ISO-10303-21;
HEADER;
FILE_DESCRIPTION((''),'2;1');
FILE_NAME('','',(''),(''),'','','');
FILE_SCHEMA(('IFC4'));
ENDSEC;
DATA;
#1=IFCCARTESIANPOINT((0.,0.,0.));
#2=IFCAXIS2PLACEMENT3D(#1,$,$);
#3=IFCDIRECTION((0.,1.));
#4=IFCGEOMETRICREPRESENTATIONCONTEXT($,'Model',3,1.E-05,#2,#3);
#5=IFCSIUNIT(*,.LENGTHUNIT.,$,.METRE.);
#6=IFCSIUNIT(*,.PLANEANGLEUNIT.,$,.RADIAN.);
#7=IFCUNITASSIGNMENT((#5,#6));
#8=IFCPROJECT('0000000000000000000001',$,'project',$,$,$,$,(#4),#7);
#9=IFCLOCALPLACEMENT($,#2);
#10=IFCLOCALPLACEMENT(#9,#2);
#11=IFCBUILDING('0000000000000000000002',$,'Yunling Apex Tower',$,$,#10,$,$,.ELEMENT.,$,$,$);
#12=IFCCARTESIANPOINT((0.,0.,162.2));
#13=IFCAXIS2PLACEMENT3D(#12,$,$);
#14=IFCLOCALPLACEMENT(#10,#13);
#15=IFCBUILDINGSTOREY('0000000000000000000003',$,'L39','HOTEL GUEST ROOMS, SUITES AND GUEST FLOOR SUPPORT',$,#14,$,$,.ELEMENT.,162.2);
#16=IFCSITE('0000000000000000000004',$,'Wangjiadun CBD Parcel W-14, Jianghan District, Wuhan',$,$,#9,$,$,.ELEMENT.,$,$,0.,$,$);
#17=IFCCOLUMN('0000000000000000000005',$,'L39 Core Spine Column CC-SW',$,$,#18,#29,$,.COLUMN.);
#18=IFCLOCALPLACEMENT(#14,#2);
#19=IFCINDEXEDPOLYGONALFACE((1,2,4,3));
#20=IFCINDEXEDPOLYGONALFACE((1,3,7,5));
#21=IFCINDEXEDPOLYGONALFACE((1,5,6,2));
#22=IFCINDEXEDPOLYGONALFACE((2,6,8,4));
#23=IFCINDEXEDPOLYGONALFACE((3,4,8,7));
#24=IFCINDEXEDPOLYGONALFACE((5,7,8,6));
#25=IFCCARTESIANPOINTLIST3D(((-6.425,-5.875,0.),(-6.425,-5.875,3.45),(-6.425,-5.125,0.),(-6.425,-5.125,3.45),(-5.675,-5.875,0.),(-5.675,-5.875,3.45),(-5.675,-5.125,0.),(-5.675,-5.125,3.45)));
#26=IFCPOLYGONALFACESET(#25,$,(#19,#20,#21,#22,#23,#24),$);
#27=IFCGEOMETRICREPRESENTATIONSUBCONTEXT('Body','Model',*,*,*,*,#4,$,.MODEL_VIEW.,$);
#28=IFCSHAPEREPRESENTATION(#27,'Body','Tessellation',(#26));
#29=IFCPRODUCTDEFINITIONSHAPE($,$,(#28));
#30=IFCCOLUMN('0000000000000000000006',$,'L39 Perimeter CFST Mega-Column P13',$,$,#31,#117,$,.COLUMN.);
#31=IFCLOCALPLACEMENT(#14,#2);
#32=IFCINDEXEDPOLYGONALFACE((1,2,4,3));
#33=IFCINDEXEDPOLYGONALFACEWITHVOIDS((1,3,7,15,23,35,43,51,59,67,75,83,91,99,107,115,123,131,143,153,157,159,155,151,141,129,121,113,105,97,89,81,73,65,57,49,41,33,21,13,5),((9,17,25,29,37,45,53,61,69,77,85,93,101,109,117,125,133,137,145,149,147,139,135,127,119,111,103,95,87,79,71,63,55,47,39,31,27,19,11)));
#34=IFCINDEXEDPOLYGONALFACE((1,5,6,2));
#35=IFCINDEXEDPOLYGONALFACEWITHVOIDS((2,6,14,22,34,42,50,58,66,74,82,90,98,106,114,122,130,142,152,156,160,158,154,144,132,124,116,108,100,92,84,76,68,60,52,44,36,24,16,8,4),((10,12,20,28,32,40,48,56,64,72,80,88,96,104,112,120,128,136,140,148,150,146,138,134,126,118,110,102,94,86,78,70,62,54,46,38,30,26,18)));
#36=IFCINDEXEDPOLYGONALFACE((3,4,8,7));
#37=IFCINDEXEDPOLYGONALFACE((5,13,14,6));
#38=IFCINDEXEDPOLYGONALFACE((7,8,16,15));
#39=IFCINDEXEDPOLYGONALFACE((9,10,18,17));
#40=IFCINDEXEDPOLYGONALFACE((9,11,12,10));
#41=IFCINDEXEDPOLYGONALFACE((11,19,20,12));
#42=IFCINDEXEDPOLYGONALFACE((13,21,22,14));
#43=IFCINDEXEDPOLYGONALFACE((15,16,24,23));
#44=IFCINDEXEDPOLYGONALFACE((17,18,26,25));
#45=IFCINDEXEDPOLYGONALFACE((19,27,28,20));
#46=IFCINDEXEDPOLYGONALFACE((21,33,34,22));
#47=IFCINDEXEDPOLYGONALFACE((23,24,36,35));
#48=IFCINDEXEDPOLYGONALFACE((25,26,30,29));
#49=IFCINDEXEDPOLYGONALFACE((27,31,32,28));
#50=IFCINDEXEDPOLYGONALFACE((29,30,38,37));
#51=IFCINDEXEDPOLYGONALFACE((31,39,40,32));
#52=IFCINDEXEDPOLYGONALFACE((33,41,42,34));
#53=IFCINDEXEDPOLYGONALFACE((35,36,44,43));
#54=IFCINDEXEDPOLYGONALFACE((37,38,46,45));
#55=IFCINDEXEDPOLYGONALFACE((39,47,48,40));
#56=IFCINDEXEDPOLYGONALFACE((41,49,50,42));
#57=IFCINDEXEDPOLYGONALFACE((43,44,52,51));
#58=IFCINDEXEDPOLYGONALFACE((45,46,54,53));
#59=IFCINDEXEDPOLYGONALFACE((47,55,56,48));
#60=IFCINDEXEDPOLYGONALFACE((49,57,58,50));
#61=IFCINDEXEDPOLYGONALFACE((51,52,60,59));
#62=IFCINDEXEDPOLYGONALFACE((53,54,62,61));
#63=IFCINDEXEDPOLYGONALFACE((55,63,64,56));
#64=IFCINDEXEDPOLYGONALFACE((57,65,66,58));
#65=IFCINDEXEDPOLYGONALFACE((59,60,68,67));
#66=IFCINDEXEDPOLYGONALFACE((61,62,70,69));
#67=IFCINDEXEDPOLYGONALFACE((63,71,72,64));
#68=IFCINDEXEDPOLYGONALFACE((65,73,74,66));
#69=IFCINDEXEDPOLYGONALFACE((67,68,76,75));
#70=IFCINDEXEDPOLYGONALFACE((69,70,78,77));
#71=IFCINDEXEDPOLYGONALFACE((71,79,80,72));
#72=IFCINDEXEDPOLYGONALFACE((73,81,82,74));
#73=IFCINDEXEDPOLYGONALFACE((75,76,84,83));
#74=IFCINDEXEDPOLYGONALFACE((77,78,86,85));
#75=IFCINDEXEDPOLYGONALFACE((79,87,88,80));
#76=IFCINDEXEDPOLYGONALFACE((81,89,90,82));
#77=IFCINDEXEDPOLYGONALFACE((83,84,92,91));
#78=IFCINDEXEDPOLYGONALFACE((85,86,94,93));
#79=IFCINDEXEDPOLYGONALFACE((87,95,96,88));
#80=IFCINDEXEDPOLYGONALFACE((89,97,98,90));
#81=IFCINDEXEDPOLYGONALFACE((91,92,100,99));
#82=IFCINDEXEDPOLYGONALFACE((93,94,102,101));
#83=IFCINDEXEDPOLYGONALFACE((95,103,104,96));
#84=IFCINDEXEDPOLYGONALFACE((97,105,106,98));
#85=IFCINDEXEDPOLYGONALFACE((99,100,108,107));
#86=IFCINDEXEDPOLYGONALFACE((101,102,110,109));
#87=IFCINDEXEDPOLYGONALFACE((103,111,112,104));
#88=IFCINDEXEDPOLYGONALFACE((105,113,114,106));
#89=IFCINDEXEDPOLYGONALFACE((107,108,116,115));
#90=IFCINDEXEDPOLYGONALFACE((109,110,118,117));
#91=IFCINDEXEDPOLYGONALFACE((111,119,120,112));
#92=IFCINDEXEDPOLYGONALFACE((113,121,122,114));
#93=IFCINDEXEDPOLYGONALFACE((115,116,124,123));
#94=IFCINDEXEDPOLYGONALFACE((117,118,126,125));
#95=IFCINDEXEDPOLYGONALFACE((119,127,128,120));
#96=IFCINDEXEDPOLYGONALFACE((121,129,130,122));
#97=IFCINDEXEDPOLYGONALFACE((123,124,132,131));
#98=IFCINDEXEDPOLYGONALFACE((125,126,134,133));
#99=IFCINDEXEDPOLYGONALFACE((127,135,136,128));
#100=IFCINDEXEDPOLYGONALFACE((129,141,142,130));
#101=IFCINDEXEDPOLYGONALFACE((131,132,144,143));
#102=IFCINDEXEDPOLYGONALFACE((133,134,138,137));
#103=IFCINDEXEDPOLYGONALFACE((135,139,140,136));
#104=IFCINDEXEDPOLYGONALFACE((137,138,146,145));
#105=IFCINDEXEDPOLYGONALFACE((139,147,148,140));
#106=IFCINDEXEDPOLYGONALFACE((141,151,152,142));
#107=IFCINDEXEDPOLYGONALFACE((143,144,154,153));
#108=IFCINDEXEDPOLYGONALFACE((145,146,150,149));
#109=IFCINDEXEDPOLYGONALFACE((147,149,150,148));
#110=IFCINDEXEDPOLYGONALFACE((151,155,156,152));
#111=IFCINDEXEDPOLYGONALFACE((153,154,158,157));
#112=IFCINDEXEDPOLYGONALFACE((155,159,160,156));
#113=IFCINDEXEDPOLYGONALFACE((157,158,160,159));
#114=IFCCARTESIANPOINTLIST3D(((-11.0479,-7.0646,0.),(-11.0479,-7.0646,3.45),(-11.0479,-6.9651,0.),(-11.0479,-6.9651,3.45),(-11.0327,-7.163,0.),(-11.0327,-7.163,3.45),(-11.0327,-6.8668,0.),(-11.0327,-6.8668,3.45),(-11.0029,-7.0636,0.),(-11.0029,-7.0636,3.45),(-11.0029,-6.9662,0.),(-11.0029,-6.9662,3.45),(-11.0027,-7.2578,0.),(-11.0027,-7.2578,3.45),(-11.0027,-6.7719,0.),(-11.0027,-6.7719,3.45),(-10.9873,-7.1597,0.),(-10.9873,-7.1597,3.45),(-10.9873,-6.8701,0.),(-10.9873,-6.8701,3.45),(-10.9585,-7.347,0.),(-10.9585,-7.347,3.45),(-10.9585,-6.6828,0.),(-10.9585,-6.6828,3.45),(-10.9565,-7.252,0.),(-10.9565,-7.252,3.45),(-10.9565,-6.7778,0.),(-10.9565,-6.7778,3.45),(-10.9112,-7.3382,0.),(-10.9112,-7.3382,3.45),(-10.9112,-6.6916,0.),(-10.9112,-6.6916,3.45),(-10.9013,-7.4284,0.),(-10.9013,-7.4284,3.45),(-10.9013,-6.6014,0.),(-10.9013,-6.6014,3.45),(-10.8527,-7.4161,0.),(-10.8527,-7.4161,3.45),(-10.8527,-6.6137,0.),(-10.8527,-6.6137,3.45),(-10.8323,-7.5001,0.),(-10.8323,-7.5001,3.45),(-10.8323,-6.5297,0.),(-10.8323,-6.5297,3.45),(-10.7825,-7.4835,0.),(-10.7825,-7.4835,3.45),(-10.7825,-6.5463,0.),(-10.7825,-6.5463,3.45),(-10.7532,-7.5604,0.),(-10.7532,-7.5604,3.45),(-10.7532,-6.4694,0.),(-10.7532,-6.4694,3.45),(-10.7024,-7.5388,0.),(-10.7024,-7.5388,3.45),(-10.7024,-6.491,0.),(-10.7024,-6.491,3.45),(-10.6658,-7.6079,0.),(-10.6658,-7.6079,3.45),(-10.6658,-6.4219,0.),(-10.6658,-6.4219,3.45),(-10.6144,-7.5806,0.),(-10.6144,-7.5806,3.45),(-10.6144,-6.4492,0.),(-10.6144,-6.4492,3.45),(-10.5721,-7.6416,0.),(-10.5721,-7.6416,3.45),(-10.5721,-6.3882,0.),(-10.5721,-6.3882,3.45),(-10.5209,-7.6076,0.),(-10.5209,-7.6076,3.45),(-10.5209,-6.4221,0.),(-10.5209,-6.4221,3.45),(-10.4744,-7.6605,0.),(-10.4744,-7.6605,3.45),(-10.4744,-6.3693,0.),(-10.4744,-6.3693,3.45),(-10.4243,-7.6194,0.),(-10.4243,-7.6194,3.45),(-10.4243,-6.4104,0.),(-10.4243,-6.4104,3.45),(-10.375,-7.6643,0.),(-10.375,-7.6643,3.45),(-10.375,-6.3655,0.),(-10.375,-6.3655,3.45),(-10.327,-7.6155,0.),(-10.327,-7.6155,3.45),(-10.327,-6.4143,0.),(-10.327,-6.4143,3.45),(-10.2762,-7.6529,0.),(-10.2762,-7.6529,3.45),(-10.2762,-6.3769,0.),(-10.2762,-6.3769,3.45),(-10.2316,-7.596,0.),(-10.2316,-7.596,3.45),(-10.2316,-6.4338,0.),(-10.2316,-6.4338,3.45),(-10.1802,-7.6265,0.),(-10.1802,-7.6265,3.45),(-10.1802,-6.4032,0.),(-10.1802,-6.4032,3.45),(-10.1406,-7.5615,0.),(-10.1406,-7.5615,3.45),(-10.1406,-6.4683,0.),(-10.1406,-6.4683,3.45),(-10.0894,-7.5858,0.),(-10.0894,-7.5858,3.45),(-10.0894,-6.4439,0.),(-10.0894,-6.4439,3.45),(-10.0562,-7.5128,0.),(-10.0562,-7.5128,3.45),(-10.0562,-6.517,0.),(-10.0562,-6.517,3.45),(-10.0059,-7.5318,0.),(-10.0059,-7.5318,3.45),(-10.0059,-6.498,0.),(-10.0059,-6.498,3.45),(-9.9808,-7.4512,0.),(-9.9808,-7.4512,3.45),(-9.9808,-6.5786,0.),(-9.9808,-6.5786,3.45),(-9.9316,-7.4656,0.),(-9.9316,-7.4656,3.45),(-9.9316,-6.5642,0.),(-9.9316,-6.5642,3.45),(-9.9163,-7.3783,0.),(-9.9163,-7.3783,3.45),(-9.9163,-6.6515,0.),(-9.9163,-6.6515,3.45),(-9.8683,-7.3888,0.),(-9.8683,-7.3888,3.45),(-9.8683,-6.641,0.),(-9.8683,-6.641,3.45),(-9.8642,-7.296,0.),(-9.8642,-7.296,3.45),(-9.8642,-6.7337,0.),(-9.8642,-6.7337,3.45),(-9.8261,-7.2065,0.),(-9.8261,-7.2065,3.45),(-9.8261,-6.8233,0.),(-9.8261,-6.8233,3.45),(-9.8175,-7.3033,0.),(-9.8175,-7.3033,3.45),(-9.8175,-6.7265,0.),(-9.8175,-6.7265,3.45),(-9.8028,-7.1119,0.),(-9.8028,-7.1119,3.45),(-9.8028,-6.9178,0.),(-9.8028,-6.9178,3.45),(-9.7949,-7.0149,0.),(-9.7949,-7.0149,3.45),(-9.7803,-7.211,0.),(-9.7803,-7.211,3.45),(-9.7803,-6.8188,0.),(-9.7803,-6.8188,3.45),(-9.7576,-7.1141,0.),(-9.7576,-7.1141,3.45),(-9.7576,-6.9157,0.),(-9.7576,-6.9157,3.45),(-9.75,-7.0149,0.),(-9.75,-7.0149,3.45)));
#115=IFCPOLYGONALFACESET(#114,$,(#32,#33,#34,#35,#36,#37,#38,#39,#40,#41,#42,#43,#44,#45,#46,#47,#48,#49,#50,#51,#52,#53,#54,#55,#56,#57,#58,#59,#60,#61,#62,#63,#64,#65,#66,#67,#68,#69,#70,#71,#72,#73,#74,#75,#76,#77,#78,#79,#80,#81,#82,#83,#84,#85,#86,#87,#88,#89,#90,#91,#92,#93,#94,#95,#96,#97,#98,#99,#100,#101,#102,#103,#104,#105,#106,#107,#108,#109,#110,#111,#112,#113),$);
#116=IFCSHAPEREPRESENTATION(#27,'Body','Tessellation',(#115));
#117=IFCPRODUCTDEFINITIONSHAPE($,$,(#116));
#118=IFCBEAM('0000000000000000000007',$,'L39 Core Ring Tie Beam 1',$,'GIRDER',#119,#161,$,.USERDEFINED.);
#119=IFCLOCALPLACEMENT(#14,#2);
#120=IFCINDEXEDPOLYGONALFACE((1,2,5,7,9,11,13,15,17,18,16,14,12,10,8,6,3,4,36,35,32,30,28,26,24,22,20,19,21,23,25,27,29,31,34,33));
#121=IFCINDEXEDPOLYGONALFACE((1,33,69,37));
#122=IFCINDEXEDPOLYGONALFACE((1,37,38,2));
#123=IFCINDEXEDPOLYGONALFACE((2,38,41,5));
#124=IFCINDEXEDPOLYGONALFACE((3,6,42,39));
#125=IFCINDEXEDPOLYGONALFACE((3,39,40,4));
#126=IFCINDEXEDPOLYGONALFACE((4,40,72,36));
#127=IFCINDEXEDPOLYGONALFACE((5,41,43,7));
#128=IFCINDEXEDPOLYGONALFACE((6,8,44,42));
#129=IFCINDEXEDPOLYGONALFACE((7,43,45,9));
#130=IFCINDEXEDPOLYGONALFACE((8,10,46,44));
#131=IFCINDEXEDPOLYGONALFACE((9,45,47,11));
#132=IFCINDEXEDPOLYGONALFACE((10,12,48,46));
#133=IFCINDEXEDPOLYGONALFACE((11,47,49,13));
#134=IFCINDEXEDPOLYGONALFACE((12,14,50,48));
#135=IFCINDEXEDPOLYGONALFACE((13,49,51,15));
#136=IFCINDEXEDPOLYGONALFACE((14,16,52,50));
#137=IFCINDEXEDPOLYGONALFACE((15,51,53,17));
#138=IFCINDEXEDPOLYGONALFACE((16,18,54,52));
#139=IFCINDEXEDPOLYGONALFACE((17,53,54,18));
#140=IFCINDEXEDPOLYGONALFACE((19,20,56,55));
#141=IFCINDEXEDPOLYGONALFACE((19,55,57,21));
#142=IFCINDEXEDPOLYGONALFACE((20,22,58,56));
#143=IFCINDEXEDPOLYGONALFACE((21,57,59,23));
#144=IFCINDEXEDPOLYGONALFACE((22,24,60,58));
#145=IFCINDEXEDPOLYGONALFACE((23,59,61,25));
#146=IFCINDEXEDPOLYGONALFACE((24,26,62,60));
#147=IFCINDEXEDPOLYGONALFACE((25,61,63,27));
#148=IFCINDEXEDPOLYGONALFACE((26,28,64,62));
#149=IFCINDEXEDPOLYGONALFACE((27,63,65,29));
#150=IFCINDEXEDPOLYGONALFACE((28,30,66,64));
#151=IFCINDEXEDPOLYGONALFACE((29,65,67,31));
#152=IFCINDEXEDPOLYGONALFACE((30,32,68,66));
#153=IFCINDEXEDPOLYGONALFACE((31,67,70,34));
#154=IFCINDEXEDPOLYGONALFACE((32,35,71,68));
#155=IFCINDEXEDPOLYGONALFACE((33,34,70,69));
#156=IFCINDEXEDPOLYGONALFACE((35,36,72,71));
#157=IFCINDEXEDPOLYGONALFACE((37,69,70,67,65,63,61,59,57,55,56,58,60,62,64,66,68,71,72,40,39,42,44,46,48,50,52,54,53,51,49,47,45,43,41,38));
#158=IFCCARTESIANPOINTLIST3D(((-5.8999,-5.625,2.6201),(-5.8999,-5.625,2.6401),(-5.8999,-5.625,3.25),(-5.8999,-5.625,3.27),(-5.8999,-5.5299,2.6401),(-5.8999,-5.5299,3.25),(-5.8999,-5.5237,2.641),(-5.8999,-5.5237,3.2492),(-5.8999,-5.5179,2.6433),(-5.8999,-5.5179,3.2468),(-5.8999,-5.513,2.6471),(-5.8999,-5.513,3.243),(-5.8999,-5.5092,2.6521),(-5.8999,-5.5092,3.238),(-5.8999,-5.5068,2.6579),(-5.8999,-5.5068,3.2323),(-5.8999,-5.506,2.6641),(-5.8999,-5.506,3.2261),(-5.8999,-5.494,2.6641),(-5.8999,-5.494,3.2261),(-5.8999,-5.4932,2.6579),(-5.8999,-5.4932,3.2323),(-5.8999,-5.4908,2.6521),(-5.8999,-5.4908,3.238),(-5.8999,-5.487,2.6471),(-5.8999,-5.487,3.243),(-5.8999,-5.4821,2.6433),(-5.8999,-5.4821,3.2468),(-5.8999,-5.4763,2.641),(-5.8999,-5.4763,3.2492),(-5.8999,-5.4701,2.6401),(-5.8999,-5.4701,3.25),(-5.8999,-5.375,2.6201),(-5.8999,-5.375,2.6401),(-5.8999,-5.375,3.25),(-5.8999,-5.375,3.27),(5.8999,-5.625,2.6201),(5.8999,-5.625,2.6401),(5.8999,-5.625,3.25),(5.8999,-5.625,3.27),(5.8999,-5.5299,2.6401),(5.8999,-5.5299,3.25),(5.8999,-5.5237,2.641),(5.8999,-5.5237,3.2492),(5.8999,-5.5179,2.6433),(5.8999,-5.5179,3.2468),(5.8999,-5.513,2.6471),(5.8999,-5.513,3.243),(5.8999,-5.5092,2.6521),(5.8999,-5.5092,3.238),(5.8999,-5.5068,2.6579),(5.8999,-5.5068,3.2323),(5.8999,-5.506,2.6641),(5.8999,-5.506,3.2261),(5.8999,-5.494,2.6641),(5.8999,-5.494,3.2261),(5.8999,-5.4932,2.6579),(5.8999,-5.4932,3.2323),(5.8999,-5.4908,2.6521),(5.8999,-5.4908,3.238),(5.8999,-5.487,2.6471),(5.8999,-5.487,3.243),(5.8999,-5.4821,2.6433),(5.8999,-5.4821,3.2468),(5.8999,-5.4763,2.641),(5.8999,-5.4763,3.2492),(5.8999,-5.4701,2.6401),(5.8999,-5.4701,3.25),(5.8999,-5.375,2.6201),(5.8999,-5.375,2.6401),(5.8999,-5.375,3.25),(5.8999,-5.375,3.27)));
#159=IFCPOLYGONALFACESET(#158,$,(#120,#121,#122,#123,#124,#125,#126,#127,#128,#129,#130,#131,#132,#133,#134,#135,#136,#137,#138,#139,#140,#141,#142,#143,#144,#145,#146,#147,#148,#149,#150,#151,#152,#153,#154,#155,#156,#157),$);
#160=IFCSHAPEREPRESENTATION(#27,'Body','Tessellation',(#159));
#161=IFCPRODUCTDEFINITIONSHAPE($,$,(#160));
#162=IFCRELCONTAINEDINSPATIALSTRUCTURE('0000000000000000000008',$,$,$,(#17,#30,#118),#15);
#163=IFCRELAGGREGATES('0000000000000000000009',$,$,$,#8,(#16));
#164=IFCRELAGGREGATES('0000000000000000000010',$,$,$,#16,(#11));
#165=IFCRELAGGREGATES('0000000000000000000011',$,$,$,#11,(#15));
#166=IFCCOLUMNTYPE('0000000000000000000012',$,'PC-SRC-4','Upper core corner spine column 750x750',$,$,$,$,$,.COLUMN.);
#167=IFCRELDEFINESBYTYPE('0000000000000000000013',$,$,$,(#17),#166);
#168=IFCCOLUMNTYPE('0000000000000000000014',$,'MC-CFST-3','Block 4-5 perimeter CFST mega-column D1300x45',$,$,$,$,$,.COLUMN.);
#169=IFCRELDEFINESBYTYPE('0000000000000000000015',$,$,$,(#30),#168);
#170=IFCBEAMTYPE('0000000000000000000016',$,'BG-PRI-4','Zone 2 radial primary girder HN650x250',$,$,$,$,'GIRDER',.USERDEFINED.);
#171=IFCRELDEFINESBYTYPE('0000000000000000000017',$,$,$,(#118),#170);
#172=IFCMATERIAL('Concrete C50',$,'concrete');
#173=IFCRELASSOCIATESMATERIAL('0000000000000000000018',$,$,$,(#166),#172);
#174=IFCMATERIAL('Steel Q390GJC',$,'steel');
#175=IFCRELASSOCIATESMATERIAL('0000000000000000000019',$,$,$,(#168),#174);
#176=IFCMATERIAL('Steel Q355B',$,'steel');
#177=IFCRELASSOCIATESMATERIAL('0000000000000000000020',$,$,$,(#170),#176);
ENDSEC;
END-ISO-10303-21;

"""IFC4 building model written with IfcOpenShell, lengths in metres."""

from ifc_helpers import new_model, si_unit, direction, frame, origin, origin_2d, place, context, subcontext, project, spatial, rectangle, hollow_circle, i_section, extrude, source, transform, mapped, material, material_profile, profile_set, type_object, element, save


model = new_model("IFC4")

# Units and contexts
model_context = context("Model", 3, precision=1e-05, world=origin(), true_north=direction((0.0, 1.0)))
body_context = subcontext(model_context, "Body", "Model", "MODEL_VIEW")
ifc_project = project(units=[si_unit("LENGTHUNIT", "METRE"), si_unit("PLANEANGLEUNIT", "RADIAN")], contexts=[model_context])

# Site, building, storey
site_placement = place(None, origin())
site = spatial("IfcSite", under=ifc_project, at=site_placement, Name="Wangjiadun CBD Parcel W-14, Jianghan District, Wuhan", CompositionType="ELEMENT", RefElevation=0.0)
building_placement = place(site_placement, origin())
building = spatial("IfcBuilding", under=site, at=building_placement, Name="Yunling Apex Tower", CompositionType="ELEMENT")
storey_placement = place(building_placement, frame((0.0, 0.0, 162.2)))
storey = spatial("IfcBuildingStorey", under=building, at=storey_placement, Name="L39", Description="HOTEL GUEST ROOMS, SUITES AND GUEST FLOOR SUPPORT", CompositionType="ELEMENT", Elevation=162.2)

# Columns
ifc_material_1 = material(Name="Concrete C50", Category="concrete")
ifc_material_profile_1 = material_profile(ifc_material_1, rectangle(XDim=0.75, YDim=0.75, at=origin_2d()))
ifc_profile_set_1 = profile_set([ifc_material_profile_1], Name="Concrete C50")
column_type_1 = type_object("IfcColumnType", Name="PC-SRC-4", Description="Upper core corner spine column 750x750", PredefinedType="COLUMN", material=ifc_profile_set_1)
shared_shape_1 = source(origin(), body_context, "Body", "SweptSolid", [
    extrude(rectangle(XDim=0.75, YDim=0.75, at=origin_2d()), origin(), (0.0, 0.0, 1.0), 3.45),
])
column_1_placement = place(storey_placement, frame((-6.05, -5.5, 0.0), z_axis=(0.0, 0.0, 1.0), x_axis=(1.0, 0.0, 0.0)))
element("IfcColumn", 1, at=column_1_placement, inside=storey, type_object=column_type_1, Name="L39 Core Spine Column CC-SW", PredefinedType="COLUMN", context=body_context, shape_type="MappedRepresentation", body=[
    mapped(shared_shape_1, transform((0.0, 0.0, 0.0), scale=1.0)),
])
ifc_material_2 = material(Name="Steel Q390GJC", Category="steel")
ifc_material_profile_2 = material_profile(ifc_material_2, hollow_circle(Radius=0.6499, WallThickness=0.0449, at=origin_2d()))
ifc_profile_set_2 = profile_set([ifc_material_profile_2], Name="Steel Q390GJC")
column_type_2 = type_object("IfcColumnType", Name="MC-CFST-3", Description="Block 4-5 perimeter CFST mega-column D1300x45", PredefinedType="COLUMN", material=ifc_profile_set_2)
shared_shape_2 = source(origin(), body_context, "Body", "SweptSolid", [
    extrude(hollow_circle(Radius=0.6499, WallThickness=0.0449, at=origin_2d()), origin(), (0.0, 0.0, 1.0), 3.45),
])
column_2_placement = place(storey_placement, frame((-10.3999, -7.0149, 0.0), z_axis=(0.0, 0.0, 1.0), x_axis=(1.0, 0.0, 0.0)))
element("IfcColumn", 2, at=column_2_placement, inside=storey, type_object=column_type_2, Name="L39 Perimeter CFST Mega-Column P13", PredefinedType="COLUMN", context=body_context, shape_type="MappedRepresentation", body=[
    mapped(shared_shape_2, transform((0.0, 0.0, 0.0), scale=1.0)),
])

# Beam
ifc_material_3 = material(Name="Steel Q355B", Category="steel")
ifc_material_profile_3 = material_profile(ifc_material_3, i_section(OverallWidth=0.25, OverallDepth=0.6499, WebThickness=0.012, FlangeThickness=0.02, FilletRadius=0.0239, at=origin_2d()))
ifc_profile_set_3 = profile_set([ifc_material_profile_3], Name="Steel Q355B")
beam_type_1 = type_object("IfcBeamType", Name="BG-PRI-4", Description="Zone 2 radial primary girder HN650x250", ElementType="GIRDER", PredefinedType="USERDEFINED", material=ifc_profile_set_3)
shared_shape_3 = source(origin(), body_context, "Body", "SweptSolid", [
    extrude(i_section(OverallWidth=0.25, OverallDepth=0.6499, WebThickness=0.012, FlangeThickness=0.02, FilletRadius=0.0239, at=origin_2d()), origin(), (0.0, 0.0, 1.0), 11.7998),
])
beam_1_placement = place(storey_placement, frame((-5.8999, -5.5, 2.9451), z_axis=(1.0, 0.0, 0.0), x_axis=(0.0, 1.0, 0.0)))
element("IfcBeam", 3, at=beam_1_placement, inside=storey, type_object=beam_type_1, Name="L39 Core Ring Tie Beam 1", ObjectType="GIRDER", PredefinedType="USERDEFINED", context=body_context, shape_type="MappedRepresentation", body=[
    mapped(shared_shape_3, transform((0.0, 0.0, 0.0), scale=1.0)),
])

save(model, "model.ifc")
